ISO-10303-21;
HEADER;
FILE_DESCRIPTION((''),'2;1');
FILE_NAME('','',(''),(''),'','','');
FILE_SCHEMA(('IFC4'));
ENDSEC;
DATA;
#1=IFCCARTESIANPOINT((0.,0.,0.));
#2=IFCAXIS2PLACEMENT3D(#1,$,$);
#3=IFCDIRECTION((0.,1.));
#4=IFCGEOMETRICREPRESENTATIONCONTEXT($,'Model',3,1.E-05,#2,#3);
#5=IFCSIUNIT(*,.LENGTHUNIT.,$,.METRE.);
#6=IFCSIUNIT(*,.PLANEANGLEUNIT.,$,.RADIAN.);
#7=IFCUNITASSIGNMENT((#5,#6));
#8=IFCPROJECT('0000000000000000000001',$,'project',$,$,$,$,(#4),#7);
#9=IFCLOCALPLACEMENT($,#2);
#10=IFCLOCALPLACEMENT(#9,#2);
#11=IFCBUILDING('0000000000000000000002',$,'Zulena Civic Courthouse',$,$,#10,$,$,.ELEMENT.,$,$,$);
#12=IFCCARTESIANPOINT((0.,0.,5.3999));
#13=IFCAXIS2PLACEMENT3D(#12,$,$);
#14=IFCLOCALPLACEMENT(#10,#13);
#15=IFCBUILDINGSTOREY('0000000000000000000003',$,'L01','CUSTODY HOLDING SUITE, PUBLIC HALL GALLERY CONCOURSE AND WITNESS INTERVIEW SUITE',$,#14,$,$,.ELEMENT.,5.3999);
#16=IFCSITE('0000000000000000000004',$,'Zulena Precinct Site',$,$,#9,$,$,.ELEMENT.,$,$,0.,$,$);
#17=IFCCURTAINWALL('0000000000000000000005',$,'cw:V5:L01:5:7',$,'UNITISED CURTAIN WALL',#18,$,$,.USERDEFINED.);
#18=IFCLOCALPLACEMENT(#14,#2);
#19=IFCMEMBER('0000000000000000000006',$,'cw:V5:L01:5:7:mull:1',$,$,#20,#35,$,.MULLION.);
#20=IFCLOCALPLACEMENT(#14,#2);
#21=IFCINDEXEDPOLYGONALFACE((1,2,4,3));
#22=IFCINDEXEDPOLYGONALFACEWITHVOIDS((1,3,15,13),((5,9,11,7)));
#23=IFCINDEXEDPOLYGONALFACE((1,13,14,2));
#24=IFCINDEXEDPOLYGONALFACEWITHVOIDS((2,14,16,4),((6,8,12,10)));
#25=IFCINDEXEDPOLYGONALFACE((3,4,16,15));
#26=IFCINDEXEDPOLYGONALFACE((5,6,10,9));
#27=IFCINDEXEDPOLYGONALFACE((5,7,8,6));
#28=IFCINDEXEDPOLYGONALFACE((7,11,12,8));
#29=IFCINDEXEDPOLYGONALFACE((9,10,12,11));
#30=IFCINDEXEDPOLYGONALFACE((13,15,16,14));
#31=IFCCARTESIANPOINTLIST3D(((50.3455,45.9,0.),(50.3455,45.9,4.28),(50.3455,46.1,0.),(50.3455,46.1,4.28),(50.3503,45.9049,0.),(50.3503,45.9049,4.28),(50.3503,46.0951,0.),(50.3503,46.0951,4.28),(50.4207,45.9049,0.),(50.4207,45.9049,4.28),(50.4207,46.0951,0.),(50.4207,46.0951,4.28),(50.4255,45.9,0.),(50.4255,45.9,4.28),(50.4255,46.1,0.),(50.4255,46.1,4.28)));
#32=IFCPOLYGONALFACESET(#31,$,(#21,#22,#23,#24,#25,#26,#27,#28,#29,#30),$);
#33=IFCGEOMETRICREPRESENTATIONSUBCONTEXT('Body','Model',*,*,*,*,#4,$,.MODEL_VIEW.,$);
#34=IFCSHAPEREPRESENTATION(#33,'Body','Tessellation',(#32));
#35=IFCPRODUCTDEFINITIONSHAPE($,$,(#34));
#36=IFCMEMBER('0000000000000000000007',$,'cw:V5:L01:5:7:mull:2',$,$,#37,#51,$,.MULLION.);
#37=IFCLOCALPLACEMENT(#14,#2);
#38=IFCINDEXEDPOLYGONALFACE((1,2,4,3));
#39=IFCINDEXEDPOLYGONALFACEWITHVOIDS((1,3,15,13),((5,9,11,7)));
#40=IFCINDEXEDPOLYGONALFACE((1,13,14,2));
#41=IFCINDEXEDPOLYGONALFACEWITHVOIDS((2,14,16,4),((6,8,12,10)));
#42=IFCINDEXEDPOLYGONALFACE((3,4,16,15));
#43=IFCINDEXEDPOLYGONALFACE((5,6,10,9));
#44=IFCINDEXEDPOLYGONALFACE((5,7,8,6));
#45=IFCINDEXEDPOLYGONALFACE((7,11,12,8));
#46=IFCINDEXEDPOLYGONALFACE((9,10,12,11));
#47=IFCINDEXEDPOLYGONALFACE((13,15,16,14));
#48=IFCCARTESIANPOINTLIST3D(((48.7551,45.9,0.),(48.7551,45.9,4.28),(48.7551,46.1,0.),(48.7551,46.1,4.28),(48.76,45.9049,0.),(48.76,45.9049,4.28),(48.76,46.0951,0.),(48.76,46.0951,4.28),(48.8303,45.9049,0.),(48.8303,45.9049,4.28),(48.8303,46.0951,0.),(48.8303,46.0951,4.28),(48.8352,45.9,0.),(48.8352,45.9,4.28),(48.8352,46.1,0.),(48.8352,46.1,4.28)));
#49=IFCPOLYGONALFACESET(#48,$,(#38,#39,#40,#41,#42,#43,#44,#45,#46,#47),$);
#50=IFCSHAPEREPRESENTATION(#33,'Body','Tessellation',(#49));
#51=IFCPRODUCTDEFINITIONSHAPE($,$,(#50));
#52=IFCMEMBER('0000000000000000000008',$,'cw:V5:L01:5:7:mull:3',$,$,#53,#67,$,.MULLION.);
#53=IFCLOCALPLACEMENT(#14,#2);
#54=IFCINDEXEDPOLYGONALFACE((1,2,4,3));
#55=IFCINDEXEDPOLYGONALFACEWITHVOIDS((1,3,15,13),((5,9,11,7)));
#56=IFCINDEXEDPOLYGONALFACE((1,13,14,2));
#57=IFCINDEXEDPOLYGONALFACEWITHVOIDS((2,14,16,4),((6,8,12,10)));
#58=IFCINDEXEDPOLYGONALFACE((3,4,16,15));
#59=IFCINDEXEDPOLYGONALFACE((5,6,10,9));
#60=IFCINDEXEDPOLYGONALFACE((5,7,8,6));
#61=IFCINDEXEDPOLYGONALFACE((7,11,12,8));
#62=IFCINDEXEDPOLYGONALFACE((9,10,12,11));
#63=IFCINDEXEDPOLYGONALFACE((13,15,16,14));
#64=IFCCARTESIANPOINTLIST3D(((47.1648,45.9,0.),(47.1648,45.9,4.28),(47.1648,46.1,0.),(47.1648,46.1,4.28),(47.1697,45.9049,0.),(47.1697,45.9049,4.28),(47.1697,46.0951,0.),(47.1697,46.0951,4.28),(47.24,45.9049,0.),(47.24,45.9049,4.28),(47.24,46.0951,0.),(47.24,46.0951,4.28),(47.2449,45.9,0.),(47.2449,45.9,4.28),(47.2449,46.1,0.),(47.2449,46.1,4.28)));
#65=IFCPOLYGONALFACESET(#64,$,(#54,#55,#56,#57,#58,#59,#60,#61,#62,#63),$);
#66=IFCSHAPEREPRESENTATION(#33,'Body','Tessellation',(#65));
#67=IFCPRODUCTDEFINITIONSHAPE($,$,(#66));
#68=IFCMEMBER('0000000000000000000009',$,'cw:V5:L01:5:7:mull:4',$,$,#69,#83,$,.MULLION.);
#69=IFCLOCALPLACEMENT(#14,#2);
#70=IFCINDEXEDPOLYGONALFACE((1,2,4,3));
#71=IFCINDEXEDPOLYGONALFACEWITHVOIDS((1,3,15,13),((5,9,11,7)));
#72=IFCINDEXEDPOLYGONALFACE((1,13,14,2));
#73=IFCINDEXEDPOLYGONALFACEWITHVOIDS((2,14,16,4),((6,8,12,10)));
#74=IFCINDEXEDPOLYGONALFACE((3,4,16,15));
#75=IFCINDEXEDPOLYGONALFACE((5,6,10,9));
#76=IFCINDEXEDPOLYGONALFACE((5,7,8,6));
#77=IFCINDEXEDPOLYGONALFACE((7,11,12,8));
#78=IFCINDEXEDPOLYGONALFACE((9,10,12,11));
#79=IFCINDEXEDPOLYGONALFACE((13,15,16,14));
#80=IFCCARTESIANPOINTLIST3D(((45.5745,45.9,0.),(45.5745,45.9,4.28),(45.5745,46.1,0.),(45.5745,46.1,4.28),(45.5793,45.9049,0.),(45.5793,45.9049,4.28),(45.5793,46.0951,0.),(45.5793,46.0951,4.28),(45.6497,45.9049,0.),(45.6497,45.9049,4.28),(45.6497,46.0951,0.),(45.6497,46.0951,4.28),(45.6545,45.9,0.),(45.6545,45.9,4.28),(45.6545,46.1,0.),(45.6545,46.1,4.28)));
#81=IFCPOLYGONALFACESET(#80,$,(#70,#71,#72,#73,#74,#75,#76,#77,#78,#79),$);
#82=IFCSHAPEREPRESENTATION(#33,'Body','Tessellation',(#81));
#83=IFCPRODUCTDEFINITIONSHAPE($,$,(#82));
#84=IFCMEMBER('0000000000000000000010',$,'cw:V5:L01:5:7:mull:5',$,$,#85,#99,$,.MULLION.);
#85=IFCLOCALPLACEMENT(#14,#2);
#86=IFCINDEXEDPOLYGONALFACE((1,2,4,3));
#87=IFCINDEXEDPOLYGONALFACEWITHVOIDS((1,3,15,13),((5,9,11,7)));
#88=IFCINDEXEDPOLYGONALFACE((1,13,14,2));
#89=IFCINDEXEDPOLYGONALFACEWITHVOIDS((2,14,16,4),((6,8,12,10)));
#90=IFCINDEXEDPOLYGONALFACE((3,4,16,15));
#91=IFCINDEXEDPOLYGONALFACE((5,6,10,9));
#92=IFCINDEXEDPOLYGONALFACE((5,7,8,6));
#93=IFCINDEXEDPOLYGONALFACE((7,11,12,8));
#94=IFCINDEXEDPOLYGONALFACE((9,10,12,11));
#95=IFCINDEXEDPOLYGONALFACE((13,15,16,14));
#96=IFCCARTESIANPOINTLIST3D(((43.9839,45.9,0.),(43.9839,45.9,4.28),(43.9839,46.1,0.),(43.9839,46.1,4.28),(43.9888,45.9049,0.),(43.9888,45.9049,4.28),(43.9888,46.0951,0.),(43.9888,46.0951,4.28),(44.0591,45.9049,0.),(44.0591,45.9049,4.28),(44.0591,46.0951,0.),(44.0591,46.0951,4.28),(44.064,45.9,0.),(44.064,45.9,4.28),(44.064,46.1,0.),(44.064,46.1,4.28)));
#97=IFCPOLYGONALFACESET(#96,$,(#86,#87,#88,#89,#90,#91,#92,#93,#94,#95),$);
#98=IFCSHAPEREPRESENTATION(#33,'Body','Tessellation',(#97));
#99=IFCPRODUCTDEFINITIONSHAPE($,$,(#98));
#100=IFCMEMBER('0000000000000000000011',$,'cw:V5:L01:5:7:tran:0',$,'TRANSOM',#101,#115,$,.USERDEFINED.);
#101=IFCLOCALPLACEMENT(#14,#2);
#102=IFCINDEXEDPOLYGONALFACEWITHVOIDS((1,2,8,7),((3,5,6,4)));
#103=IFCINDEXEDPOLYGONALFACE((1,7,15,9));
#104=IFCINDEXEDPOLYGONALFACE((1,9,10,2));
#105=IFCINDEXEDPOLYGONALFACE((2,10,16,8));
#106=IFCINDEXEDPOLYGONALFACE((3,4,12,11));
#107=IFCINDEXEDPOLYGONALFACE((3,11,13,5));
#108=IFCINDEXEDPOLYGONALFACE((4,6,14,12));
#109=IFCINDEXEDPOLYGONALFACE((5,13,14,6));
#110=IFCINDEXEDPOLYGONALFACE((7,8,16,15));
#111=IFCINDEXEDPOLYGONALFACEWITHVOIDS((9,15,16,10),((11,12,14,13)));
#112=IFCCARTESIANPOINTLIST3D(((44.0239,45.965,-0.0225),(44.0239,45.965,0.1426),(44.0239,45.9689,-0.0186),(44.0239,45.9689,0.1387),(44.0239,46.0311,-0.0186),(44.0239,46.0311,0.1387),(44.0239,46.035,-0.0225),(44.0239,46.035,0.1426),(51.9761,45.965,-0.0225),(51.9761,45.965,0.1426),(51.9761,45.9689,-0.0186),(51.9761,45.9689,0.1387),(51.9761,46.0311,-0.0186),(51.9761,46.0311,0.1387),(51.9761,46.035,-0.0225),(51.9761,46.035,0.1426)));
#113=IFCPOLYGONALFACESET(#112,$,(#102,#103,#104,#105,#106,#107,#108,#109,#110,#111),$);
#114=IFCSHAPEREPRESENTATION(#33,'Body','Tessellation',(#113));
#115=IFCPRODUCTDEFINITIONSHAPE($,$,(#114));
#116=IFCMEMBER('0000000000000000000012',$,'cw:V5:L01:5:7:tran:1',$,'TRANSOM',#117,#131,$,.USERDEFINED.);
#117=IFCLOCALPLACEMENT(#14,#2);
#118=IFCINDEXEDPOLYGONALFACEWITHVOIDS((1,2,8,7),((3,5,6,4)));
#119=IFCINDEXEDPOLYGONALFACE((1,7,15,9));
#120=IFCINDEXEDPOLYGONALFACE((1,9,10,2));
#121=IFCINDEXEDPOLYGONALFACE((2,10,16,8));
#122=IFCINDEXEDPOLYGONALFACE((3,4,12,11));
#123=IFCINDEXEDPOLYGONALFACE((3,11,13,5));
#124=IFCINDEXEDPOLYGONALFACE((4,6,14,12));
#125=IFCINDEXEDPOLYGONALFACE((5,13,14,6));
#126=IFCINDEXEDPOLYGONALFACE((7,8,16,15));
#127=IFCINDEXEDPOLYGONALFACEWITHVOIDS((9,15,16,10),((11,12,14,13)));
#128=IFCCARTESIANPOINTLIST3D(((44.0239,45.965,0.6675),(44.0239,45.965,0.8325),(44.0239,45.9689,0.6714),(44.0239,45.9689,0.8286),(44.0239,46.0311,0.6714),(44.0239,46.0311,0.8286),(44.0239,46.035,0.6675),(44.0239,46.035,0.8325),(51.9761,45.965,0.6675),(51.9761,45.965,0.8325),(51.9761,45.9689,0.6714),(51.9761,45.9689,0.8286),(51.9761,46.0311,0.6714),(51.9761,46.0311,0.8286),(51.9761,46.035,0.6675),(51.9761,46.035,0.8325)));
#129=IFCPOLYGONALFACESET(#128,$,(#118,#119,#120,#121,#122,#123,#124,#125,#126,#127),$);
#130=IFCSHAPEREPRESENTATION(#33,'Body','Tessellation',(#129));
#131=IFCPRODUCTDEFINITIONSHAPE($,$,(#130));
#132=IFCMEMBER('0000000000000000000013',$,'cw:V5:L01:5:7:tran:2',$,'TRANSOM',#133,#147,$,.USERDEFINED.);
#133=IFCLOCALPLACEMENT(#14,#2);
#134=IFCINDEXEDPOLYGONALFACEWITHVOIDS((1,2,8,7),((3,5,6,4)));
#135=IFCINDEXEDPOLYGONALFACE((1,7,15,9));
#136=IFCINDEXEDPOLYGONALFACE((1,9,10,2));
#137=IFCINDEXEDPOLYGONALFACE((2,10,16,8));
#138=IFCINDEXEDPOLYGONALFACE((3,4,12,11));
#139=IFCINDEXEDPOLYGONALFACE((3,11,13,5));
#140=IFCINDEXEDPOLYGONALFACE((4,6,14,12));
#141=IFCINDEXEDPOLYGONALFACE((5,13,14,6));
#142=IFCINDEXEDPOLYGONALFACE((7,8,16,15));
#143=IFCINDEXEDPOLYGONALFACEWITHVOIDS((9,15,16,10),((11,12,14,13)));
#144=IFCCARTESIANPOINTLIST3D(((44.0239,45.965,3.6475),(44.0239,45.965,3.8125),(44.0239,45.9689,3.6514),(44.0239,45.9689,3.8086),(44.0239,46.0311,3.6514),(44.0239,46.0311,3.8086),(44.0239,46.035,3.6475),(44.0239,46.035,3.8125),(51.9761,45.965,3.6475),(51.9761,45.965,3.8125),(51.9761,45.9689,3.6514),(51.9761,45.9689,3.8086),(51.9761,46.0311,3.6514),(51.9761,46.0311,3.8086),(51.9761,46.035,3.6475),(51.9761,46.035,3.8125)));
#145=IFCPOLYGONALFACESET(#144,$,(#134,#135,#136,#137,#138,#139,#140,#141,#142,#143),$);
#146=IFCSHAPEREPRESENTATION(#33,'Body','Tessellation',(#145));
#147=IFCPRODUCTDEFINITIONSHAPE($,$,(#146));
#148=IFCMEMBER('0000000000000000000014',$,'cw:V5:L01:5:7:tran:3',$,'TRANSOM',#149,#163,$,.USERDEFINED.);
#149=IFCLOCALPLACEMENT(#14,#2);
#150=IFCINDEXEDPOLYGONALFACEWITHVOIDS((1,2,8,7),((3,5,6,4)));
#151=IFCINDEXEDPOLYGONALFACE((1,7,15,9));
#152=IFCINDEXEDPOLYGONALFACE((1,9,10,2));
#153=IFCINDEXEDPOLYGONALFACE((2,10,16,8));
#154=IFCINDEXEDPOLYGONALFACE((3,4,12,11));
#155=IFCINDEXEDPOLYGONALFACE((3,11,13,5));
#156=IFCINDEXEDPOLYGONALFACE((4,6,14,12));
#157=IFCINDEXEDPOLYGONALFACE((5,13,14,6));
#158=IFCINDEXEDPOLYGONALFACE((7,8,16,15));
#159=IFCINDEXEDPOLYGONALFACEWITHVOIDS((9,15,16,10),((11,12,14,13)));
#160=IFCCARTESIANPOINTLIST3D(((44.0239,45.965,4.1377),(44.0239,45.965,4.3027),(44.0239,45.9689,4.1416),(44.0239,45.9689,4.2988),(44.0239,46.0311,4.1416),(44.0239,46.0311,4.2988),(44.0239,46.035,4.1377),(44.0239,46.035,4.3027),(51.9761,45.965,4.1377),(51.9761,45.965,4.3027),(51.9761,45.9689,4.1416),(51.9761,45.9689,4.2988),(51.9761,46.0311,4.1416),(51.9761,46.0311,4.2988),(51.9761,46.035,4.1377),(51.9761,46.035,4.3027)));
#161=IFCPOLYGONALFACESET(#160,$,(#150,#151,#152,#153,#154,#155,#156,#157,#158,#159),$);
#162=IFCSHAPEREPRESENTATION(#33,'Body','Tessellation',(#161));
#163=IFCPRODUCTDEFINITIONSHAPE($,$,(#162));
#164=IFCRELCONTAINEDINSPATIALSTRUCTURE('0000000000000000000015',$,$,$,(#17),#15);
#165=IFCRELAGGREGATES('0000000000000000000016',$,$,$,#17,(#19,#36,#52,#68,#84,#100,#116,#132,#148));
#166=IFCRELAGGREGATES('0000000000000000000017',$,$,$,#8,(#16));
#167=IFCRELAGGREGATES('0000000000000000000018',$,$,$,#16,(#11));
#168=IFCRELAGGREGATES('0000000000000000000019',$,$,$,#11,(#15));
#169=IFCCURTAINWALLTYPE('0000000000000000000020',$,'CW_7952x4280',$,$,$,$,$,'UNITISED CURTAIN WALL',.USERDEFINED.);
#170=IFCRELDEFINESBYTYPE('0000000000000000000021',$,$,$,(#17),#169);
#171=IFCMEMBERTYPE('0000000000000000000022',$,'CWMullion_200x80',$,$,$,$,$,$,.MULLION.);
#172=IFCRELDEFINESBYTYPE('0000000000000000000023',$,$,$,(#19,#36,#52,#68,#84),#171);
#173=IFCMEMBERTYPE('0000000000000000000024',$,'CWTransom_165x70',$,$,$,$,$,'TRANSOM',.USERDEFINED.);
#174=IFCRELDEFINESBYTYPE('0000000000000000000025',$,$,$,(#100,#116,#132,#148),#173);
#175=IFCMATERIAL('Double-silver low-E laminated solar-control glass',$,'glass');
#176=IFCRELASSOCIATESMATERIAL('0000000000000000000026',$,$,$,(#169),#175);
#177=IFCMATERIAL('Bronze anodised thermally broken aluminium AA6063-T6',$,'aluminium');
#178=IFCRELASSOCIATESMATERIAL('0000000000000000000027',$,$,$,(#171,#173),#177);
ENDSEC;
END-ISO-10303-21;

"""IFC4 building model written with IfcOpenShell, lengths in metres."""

from ifc_helpers import new_model, si_unit, direction, frame, origin, origin_2d, place, context, subcontext, project, spatial, hollow_rectangle, extrude, material, material_profile, profile_set, type_object, element, aggregate, save


model = new_model("IFC4")

# Units and contexts
model_context = context("Model", 3, precision=1e-05, world=origin(), true_north=direction((0.0, 1.0)))
body_context = subcontext(model_context, "Body", "Model", "MODEL_VIEW")
ifc_project = project(units=[si_unit("LENGTHUNIT", "METRE"), si_unit("PLANEANGLEUNIT", "RADIAN")], contexts=[model_context])

# Site, building, storey
site_placement = place(None, origin())
site = spatial("IfcSite", under=ifc_project, at=site_placement, Name="Zulena Precinct Site", CompositionType="ELEMENT", RefElevation=0.0)
building_placement = place(site_placement, origin())
building = spatial("IfcBuilding", under=site, at=building_placement, Name="Zulena Civic Courthouse", CompositionType="ELEMENT")
storey_placement = place(building_placement, frame((0.0, 0.0, 5.3999)))
storey = spatial("IfcBuildingStorey", under=building, at=storey_placement, Name="L01", Description="CUSTODY HOLDING SUITE, PUBLIC HALL GALLERY CONCOURSE AND WITNESS INTERVIEW SUITE", CompositionType="ELEMENT", Elevation=5.3999)

# Curtain wall, members
ifc_material_1 = material(Name="Double-silver low-E laminated solar-control glass", Category="glass")
curtain_wall_type = type_object("IfcCurtainWallType", Name="CW_7952x4280", ElementType="UNITISED CURTAIN WALL", PredefinedType="USERDEFINED", material=ifc_material_1)
curtain_wall_placement = place(storey_placement, origin())
curtain_wall = element("IfcCurtainWall", 1, at=curtain_wall_placement, inside=storey, type_object=curtain_wall_type, Name="cw:V5:L01:5:7", ObjectType="UNITISED CURTAIN WALL", PredefinedType="USERDEFINED")
ifc_material_2 = material(Name="Bronze anodised thermally broken aluminium AA6063-T6", Category="aluminium")
ifc_material_profile_1 = material_profile(ifc_material_2, hollow_rectangle(XDim=0.0801, YDim=0.2, WallThickness=0.0049, at=origin_2d()), Name="CWM200X80X5")
ifc_profile_set_1 = profile_set([ifc_material_profile_1], Name="Bronze anodised thermally broken aluminium AA6063-T6")
member_type_1 = type_object("IfcMemberType", Name="CWMullion_200x80", PredefinedType="MULLION", material=ifc_profile_set_1)
member_1_placement = place(storey_placement, frame((50.3855, 46.0, 0.0), z_axis=(0.0, 0.0, 1.0), x_axis=(1.0, 0.0, 0.0)))
member_1 = element("IfcMember", 2, at=member_1_placement, type_object=member_type_1, Name="cw:V5:L01:5:7:mull:1", PredefinedType="MULLION", context=body_context, shape_type="SweptSolid", body=[
    extrude(hollow_rectangle(XDim=0.0801, YDim=0.2, WallThickness=0.0049, at=origin_2d()), origin(), (0.0, 0.0, 1.0), 4.28),
])
member_2_placement = place(storey_placement, frame((48.7952, 46.0, 0.0), z_axis=(0.0, 0.0, 1.0), x_axis=(1.0, 0.0, 0.0)))
member_2 = element("IfcMember", 3, at=member_2_placement, type_object=member_type_1, Name="cw:V5:L01:5:7:mull:2", PredefinedType="MULLION", context=body_context, shape_type="SweptSolid", body=[
    extrude(hollow_rectangle(XDim=0.0801, YDim=0.2, WallThickness=0.0049, at=origin_2d()), origin(), (0.0, 0.0, 1.0), 4.28),
])
member_3_placement = place(storey_placement, frame((47.2048, 46.0, 0.0), z_axis=(0.0, 0.0, 1.0), x_axis=(1.0, 0.0, 0.0)))
member_3 = element("IfcMember", 4, at=member_3_placement, type_object=member_type_1, Name="cw:V5:L01:5:7:mull:3", PredefinedType="MULLION", context=body_context, shape_type="SweptSolid", body=[
    extrude(hollow_rectangle(XDim=0.0801, YDim=0.2, WallThickness=0.0049, at=origin_2d()), origin(), (0.0, 0.0, 1.0), 4.28),
])
member_4_placement = place(storey_placement, frame((45.6145, 46.0, 0.0), z_axis=(0.0, 0.0, 1.0), x_axis=(1.0, 0.0, 0.0)))
member_4 = element("IfcMember", 5, at=member_4_placement, type_object=member_type_1, Name="cw:V5:L01:5:7:mull:4", PredefinedType="MULLION", context=body_context, shape_type="SweptSolid", body=[
    extrude(hollow_rectangle(XDim=0.0801, YDim=0.2, WallThickness=0.0049, at=origin_2d()), origin(), (0.0, 0.0, 1.0), 4.28),
])
member_5_placement = place(storey_placement, frame((44.0239, 46.0, 0.0), z_axis=(0.0, 0.0, 1.0), x_axis=(1.0, 0.0, 0.0)))
member_5 = element("IfcMember", 6, at=member_5_placement, type_object=member_type_1, Name="cw:V5:L01:5:7:mull:5", PredefinedType="MULLION", context=body_context, shape_type="SweptSolid", body=[
    extrude(hollow_rectangle(XDim=0.0801, YDim=0.2, WallThickness=0.0049, at=origin_2d()), origin(), (0.0, 0.0, 1.0), 4.28),
])
ifc_material_profile_2 = material_profile(ifc_material_2, hollow_rectangle(XDim=0.0701, YDim=0.165, WallThickness=0.0039, at=origin_2d()), Name="CWT165X70X4")
ifc_profile_set_2 = profile_set([ifc_material_profile_2], Name="Bronze anodised thermally broken aluminium AA6063-T6")
member_type_2 = type_object("IfcMemberType", Name="CWTransom_165x70", ElementType="TRANSOM", PredefinedType="USERDEFINED", material=ifc_profile_set_2)
member_6_placement = place(storey_placement, frame((51.9761, 46.0, 0.0601), z_axis=(-1.0, 0.0, 0.0), x_axis=(0.0, -1.0, 0.0)))
member_6 = element("IfcMember", 7, at=member_6_placement, type_object=member_type_2, Name="cw:V5:L01:5:7:tran:0", ObjectType="TRANSOM", PredefinedType="USERDEFINED", context=body_context, shape_type="SweptSolid", body=[
    extrude(hollow_rectangle(XDim=0.0701, YDim=0.165, WallThickness=0.0039, at=origin_2d()), origin(), (0.0, 0.0, 1.0), 7.9521),
])
member_7_placement = place(storey_placement, frame((51.9761, 46.0, 0.75), z_axis=(-1.0, 0.0, 0.0), x_axis=(0.0, -1.0, 0.0)))
member_7 = element("IfcMember", 8, at=member_7_placement, type_object=member_type_2, Name="cw:V5:L01:5:7:tran:1", ObjectType="TRANSOM", PredefinedType="USERDEFINED", context=body_context, shape_type="SweptSolid", body=[
    extrude(hollow_rectangle(XDim=0.0701, YDim=0.165, WallThickness=0.0039, at=origin_2d()), origin(), (0.0, 0.0, 1.0), 7.9521),
])
member_8_placement = place(storey_placement, frame((51.9761, 46.0, 3.73), z_axis=(-1.0, 0.0, 0.0), x_axis=(0.0, -1.0, 0.0)))
member_8 = element("IfcMember", 9, at=member_8_placement, type_object=member_type_2, Name="cw:V5:L01:5:7:tran:2", ObjectType="TRANSOM", PredefinedType="USERDEFINED", context=body_context, shape_type="SweptSolid", body=[
    extrude(hollow_rectangle(XDim=0.0701, YDim=0.165, WallThickness=0.0039, at=origin_2d()), origin(), (0.0, 0.0, 1.0), 7.9521),
])
member_9_placement = place(storey_placement, frame((51.9761, 46.0, 4.2202), z_axis=(-1.0, 0.0, 0.0), x_axis=(0.0, -1.0, 0.0)))
member_9 = element("IfcMember", 10, at=member_9_placement, type_object=member_type_2, Name="cw:V5:L01:5:7:tran:3", ObjectType="TRANSOM", PredefinedType="USERDEFINED", context=body_context, shape_type="SweptSolid", body=[
    extrude(hollow_rectangle(XDim=0.0701, YDim=0.165, WallThickness=0.0039, at=origin_2d()), origin(), (0.0, 0.0, 1.0), 7.9521),
])

aggregate(curtain_wall, [member_1, member_2, member_3, member_4, member_5, member_6, member_7, member_8, member_9])

save(model, "model.ifc")
